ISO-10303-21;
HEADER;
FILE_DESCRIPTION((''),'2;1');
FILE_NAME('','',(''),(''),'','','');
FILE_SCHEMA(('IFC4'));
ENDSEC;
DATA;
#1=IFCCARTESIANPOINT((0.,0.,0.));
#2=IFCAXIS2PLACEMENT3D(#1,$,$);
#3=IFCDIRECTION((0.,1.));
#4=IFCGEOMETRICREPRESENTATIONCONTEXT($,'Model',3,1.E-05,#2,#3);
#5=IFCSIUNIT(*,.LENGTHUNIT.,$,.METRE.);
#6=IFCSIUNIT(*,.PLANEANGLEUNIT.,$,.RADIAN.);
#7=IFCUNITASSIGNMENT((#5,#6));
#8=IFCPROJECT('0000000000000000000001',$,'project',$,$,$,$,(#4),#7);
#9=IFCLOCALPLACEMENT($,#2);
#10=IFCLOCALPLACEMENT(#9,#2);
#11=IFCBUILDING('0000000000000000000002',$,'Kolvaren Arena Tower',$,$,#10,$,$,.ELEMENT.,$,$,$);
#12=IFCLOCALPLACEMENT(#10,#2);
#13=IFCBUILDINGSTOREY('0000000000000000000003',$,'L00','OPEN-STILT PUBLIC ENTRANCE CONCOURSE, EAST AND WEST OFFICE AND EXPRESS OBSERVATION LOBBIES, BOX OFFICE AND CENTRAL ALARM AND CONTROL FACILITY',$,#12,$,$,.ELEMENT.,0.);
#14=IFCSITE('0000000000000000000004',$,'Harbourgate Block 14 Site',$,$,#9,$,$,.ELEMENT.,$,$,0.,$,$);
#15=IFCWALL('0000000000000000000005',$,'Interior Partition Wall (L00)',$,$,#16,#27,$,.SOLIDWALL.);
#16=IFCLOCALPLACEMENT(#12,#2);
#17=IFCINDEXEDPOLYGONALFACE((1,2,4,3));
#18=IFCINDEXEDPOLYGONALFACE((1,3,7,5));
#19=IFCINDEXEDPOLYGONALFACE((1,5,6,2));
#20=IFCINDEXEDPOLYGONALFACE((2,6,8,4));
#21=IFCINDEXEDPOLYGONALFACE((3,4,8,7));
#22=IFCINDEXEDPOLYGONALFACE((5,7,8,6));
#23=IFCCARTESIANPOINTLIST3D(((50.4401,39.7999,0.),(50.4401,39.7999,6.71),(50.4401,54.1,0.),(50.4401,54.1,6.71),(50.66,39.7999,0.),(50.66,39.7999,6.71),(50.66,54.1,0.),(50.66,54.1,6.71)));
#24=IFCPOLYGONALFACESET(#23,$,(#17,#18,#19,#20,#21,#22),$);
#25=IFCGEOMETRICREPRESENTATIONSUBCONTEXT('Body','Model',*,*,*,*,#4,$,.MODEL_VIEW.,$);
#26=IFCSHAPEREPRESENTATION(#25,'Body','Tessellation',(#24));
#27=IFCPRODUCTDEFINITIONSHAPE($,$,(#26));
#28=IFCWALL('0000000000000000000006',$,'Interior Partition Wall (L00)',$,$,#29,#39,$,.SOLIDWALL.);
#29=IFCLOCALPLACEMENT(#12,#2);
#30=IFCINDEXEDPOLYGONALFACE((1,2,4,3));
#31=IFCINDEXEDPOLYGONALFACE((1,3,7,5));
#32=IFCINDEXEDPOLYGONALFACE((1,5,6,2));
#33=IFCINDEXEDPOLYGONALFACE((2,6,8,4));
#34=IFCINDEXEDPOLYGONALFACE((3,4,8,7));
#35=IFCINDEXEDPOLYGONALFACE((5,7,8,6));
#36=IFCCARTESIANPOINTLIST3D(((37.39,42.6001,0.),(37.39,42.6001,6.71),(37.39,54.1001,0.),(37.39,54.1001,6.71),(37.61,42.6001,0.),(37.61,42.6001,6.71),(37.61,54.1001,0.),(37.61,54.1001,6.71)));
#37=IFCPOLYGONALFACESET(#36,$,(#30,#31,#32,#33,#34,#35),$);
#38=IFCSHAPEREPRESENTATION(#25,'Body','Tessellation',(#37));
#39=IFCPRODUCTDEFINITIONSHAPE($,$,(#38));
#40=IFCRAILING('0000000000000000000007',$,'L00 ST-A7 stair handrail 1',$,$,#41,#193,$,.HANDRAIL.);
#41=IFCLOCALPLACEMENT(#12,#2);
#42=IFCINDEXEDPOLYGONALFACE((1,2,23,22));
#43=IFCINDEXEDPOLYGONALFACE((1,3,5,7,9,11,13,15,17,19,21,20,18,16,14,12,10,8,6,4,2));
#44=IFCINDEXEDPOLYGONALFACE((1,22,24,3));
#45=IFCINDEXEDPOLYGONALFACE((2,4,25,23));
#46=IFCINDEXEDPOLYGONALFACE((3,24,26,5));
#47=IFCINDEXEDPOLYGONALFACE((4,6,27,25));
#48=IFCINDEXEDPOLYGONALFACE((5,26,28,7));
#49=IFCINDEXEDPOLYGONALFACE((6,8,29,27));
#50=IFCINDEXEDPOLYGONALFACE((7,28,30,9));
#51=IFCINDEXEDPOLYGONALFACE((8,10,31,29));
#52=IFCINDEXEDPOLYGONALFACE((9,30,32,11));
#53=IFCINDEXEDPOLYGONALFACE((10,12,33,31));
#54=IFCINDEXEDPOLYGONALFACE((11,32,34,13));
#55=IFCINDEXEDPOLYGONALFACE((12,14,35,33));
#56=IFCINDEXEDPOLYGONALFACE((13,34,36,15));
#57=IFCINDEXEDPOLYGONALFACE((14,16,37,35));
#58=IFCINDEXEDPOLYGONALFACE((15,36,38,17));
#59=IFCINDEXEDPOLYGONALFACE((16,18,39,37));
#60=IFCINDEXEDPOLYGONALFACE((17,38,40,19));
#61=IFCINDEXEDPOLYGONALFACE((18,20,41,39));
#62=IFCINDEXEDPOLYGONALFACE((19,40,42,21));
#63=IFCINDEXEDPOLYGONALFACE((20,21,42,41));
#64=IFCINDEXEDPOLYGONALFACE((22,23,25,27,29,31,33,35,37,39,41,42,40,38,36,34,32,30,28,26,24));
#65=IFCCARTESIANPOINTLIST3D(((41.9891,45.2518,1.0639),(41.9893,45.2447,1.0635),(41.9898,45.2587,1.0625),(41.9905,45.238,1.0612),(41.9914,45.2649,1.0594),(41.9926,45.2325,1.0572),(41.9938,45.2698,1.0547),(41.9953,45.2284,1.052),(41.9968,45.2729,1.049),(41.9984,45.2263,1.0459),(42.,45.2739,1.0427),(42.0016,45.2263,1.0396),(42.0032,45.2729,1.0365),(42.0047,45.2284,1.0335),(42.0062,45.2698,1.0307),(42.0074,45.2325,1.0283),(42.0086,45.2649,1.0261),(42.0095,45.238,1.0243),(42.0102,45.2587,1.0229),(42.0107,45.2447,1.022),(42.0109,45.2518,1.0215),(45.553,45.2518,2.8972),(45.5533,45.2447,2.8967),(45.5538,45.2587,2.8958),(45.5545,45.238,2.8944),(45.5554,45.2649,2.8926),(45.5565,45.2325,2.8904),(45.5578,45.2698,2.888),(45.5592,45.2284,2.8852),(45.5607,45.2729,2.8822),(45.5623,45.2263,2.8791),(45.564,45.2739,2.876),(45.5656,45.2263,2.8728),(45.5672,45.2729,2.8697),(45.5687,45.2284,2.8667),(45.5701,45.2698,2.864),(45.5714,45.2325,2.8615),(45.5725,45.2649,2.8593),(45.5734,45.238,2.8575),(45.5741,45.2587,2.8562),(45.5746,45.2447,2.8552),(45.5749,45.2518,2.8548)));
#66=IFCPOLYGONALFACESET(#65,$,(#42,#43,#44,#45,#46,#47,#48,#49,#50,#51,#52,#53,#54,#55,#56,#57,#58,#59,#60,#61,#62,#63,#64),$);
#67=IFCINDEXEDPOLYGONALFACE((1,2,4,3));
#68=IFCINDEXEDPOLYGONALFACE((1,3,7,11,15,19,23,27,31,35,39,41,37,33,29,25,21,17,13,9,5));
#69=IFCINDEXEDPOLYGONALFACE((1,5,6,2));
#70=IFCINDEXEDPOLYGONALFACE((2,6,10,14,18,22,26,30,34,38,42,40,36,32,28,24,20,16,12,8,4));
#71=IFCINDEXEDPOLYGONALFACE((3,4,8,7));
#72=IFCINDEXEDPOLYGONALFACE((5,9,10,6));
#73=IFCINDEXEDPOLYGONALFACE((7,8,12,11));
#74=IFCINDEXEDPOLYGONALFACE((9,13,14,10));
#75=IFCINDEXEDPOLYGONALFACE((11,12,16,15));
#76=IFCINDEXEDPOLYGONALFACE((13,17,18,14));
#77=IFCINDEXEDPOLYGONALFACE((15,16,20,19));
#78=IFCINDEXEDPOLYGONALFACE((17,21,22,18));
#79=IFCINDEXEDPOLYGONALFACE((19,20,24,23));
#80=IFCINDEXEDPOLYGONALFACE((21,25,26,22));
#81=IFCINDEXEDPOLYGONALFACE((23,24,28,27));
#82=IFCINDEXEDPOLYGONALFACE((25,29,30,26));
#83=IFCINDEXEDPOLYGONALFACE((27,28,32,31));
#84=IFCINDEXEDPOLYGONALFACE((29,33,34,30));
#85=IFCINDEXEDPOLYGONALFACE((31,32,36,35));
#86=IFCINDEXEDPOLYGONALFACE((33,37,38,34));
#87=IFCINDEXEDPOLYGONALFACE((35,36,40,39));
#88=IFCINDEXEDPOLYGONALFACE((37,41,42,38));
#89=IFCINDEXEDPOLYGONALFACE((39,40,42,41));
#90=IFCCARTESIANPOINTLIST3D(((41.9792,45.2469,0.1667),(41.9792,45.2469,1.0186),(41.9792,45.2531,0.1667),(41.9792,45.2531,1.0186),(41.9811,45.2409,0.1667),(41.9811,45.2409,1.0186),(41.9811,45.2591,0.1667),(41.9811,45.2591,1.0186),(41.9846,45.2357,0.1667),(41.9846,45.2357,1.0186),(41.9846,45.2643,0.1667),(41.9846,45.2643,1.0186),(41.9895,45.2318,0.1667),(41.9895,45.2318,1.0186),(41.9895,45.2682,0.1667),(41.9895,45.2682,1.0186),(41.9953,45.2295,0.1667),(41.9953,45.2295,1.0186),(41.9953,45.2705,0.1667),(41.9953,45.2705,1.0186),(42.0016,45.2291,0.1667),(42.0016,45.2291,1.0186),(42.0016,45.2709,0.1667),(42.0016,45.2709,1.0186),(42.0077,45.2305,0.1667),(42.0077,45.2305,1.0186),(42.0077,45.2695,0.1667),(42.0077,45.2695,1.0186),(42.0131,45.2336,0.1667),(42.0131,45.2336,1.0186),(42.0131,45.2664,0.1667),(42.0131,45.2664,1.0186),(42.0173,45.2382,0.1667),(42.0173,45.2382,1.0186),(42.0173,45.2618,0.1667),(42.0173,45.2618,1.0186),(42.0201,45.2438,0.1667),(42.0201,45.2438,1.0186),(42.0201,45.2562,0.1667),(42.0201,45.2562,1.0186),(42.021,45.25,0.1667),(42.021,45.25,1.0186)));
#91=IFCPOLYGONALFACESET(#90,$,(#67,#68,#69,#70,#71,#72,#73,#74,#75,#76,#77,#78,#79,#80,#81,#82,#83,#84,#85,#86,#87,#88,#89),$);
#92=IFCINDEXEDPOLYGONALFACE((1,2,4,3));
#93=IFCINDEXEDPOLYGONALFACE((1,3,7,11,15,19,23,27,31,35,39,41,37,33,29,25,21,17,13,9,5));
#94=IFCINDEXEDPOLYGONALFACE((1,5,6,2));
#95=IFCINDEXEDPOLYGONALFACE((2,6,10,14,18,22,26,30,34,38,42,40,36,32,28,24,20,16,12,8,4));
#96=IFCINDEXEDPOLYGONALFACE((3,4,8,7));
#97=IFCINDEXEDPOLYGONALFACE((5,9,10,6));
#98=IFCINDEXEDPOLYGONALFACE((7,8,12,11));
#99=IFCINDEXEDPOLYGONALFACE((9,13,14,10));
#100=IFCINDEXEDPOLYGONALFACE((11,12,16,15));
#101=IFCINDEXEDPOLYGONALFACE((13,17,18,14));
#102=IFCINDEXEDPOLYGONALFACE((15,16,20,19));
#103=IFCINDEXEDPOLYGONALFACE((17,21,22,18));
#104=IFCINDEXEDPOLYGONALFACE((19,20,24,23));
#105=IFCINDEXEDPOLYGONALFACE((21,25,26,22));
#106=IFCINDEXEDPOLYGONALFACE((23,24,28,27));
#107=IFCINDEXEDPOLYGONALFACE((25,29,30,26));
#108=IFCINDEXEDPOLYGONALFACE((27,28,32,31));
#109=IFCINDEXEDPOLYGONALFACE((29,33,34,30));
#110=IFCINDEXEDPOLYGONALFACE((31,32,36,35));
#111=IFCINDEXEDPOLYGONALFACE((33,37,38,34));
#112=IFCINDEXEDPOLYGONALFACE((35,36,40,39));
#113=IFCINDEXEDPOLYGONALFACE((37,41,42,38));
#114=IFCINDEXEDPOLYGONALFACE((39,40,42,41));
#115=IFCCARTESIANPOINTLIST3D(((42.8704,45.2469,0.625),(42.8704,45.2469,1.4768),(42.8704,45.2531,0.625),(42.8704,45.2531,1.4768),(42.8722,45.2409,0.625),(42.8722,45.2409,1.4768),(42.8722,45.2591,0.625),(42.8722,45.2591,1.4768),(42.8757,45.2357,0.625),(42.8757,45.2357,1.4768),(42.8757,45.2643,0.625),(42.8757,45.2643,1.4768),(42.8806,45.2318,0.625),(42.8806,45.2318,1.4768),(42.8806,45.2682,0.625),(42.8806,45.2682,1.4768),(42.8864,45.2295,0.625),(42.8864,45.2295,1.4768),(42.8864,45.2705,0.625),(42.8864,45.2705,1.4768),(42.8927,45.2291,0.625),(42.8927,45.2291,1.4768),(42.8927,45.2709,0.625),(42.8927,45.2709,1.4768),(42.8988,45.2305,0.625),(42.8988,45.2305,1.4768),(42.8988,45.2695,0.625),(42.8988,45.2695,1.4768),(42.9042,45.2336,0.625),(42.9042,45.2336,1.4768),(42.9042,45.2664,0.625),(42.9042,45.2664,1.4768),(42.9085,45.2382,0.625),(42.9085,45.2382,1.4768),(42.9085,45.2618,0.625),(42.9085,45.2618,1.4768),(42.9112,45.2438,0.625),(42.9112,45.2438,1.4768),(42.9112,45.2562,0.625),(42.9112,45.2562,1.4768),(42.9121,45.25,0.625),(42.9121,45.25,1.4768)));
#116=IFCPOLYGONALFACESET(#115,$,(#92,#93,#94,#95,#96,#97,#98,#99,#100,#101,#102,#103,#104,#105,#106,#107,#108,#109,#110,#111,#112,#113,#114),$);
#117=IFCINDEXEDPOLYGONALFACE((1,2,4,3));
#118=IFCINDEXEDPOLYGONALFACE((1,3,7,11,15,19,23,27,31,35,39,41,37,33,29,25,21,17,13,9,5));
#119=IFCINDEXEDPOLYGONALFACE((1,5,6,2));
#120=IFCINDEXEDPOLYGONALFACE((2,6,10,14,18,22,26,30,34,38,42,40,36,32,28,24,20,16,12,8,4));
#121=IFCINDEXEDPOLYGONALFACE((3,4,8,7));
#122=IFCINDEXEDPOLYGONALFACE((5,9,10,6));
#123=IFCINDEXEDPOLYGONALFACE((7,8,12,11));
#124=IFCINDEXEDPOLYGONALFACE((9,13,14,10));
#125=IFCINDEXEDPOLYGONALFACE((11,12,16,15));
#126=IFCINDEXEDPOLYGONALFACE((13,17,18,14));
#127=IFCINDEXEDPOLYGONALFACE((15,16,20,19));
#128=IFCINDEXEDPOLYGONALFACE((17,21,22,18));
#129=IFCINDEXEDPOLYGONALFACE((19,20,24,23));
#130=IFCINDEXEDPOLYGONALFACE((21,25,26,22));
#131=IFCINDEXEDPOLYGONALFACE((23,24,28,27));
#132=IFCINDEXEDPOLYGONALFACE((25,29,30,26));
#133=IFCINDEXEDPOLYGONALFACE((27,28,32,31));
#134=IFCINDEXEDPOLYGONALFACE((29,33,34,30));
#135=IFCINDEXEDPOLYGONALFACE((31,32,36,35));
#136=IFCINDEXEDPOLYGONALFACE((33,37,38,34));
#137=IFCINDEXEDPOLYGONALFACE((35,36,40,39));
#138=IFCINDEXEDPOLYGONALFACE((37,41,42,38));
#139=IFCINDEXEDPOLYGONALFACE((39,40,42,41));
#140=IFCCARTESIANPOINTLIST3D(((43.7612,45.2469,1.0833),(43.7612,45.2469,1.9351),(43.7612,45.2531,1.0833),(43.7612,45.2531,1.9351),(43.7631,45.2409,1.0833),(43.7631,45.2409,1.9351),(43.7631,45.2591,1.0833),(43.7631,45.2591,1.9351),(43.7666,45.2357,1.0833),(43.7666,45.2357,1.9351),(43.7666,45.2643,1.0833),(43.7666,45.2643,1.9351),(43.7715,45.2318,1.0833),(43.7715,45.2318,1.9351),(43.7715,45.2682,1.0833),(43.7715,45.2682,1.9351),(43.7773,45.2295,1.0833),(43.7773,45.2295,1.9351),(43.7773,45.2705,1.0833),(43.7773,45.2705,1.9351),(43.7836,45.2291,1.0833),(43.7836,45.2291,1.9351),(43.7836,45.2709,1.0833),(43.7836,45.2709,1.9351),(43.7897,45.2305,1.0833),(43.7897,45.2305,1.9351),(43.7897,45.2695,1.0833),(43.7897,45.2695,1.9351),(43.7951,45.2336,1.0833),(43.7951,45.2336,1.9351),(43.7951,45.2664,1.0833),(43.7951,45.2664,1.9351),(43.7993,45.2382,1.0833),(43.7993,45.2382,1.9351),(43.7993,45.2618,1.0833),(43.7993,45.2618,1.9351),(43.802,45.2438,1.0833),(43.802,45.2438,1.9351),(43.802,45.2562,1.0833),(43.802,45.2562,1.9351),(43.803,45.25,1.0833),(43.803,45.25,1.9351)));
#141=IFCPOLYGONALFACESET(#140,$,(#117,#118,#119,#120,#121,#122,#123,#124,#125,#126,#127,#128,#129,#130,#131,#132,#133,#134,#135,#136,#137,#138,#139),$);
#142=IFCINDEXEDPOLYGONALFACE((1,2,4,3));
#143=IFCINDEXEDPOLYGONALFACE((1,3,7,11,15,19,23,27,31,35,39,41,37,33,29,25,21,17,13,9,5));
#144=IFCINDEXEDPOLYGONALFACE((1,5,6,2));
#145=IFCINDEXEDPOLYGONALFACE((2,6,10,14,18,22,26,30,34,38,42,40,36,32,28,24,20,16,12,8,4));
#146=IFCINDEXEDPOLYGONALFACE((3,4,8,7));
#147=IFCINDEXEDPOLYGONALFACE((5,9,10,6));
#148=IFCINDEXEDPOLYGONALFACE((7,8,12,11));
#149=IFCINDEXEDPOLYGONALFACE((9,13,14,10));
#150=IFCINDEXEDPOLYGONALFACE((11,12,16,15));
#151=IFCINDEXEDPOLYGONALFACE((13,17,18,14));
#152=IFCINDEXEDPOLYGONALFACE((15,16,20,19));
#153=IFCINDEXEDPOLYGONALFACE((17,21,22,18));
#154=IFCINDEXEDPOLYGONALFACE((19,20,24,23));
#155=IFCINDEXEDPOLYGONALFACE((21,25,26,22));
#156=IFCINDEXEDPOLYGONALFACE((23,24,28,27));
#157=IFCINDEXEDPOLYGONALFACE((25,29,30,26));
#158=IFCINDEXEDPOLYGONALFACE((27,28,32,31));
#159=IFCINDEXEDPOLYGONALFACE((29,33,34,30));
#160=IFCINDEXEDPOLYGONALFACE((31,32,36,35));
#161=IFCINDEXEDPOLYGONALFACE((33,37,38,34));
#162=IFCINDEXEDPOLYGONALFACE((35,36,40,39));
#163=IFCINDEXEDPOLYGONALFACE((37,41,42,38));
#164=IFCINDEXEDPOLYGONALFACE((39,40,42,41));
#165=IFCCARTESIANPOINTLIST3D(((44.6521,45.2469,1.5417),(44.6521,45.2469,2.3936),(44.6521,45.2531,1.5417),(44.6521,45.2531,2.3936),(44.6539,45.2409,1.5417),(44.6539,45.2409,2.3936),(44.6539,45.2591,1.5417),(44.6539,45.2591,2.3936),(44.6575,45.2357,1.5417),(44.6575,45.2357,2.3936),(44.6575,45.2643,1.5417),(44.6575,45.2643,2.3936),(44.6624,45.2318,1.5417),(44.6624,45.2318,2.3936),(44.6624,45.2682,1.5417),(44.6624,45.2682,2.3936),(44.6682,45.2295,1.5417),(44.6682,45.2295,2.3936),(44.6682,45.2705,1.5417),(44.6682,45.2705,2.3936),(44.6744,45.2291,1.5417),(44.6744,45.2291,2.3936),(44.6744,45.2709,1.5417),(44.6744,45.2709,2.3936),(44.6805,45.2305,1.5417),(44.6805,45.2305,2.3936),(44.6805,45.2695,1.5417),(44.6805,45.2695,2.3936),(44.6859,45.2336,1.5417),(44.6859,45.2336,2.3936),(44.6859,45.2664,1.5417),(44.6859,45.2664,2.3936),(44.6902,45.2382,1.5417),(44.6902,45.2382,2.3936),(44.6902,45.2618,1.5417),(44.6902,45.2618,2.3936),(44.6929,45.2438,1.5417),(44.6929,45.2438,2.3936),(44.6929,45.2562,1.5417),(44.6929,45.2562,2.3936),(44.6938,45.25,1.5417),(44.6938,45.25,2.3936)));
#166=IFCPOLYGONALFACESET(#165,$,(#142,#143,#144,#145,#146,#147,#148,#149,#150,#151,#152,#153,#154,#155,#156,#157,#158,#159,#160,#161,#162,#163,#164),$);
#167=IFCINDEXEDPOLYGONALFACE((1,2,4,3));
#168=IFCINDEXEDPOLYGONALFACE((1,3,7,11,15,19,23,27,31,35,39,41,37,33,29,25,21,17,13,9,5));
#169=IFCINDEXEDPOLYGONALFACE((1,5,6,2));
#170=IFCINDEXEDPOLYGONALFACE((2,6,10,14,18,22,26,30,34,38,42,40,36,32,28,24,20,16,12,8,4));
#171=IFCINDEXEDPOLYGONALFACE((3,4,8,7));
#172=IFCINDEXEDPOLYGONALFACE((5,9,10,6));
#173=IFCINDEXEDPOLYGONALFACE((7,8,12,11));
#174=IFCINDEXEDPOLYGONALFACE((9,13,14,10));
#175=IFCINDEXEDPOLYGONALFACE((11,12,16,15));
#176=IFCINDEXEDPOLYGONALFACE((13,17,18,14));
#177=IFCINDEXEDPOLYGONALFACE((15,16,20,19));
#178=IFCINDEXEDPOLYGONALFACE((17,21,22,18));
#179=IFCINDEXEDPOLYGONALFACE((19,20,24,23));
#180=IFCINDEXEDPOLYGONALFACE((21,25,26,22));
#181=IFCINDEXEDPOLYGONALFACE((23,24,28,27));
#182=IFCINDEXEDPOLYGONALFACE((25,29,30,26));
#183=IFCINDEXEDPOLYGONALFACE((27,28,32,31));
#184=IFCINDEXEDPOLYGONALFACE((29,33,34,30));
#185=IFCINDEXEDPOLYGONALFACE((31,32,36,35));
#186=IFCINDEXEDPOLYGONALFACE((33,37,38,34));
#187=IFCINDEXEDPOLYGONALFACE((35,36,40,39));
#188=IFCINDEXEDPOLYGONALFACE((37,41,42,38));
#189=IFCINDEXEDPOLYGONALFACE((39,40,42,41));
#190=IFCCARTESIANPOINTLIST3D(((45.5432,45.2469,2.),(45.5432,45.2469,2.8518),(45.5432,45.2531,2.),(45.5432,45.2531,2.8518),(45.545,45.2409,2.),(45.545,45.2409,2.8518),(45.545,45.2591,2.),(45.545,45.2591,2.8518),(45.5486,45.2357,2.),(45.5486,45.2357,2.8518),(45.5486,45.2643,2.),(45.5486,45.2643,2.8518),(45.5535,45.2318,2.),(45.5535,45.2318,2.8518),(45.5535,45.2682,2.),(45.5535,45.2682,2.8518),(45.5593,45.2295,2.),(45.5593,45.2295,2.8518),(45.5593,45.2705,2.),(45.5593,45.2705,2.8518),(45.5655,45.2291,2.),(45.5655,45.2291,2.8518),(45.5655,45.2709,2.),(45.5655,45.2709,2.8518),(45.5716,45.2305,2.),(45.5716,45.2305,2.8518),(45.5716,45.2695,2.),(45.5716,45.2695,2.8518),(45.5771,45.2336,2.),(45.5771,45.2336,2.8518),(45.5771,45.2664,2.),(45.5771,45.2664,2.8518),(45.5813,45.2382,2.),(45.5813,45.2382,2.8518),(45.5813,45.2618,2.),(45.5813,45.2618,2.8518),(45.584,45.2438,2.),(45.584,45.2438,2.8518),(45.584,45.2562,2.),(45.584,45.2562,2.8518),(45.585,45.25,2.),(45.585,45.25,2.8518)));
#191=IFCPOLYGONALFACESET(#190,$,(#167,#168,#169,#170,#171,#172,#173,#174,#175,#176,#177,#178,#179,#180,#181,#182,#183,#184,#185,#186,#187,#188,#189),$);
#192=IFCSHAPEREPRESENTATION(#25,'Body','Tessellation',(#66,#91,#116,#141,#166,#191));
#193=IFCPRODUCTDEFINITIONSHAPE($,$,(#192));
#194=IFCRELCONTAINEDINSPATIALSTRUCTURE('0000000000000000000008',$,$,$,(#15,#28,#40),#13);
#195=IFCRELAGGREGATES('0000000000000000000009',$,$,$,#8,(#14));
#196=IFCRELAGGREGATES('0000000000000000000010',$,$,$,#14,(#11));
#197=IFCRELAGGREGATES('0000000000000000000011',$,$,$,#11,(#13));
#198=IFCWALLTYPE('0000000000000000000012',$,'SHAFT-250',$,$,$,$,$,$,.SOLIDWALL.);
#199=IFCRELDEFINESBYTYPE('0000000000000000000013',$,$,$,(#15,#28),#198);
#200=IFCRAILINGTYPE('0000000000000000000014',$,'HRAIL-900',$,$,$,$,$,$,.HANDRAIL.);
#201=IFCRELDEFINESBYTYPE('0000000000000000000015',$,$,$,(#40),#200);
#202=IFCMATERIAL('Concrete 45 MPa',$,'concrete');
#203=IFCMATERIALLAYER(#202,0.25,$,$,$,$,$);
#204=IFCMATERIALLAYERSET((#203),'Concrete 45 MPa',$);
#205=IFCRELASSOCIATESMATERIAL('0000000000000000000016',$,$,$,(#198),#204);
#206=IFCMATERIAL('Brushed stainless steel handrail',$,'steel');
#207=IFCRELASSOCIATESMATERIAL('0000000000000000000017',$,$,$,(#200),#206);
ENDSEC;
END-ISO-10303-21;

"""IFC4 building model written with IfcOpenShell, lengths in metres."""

from ifc_helpers import new_model, si_unit, direction, frame, frame_2d, origin, origin_2d, place, context, subcontext, project, spatial, rectangle, circle, extrude, material, layer, layer_set, type_object, element, save


model = new_model("IFC4")

# Units and contexts
model_context = context("Model", 3, precision=1e-05, world=origin(), true_north=direction((0.0, 1.0)))
body_context = subcontext(model_context, "Body", "Model", "MODEL_VIEW")
ifc_project = project(units=[si_unit("LENGTHUNIT", "METRE"), si_unit("PLANEANGLEUNIT", "RADIAN")], contexts=[model_context])

# Site, building, storey
site_placement = place(None, origin())
site = spatial("IfcSite", under=ifc_project, at=site_placement, Name="Harbourgate Block 14 Site", CompositionType="ELEMENT", RefElevation=0.0)
building_placement = place(site_placement, origin())
building = spatial("IfcBuilding", under=site, at=building_placement, Name="Kolvaren Arena Tower", CompositionType="ELEMENT")
storey_placement = place(building_placement, origin())
storey = spatial("IfcBuildingStorey", under=building, at=storey_placement, Name="L00", Description="OPEN-STILT PUBLIC ENTRANCE CONCOURSE, EAST AND WEST OFFICE AND EXPRESS OBSERVATION LOBBIES, BOX OFFICE AND CENTRAL ALARM AND CONTROL FACILITY", CompositionType="ELEMENT", Elevation=0.0)

# Shared definitions
ifc_material_1 = material(Name="Concrete 45 MPa", Category="concrete")
ifc_layer = layer(ifc_material_1, 0.25)
ifc_layer_set = layer_set([ifc_layer], Name="Concrete 45 MPa")
wall_type = type_object("IfcWallType", Name="SHAFT-250", PredefinedType="SOLIDWALL", material=ifc_layer_set)

# Walls
wall_1_placement = place(storey_placement, frame((50.55, 39.8, 0.0), z_axis=(0.0, 0.0, 1.0), x_axis=(0.0, 1.0, 0.0)))
element("IfcWall", 1, at=wall_1_placement, inside=storey, type_object=wall_type, Name="Interior Partition Wall (L00)", PredefinedType="SOLIDWALL", context=body_context, shape_type="SweptSolid", body=[
    extrude(rectangle(XDim=14.3, YDim=0.22, at=frame_2d((7.1499, 0.0))), origin(), (0.0, 0.0, 1.0), 6.71),
])
wall_2_placement = place(storey_placement, frame((37.5, 42.6001, 0.0), z_axis=(0.0, 0.0, 1.0), x_axis=(0.0, 1.0, 0.0)))
element("IfcWall", 2, at=wall_2_placement, inside=storey, type_object=wall_type, Name="Interior Partition Wall (L00)", PredefinedType="SOLIDWALL", context=body_context, shape_type="SweptSolid", body=[
    extrude(rectangle(XDim=11.5, YDim=0.22, at=frame_2d((5.75, 0.0))), origin(), (0.0, 0.0, 1.0), 6.71),
])

# Railing
ifc_material_2 = material(Name="Brushed stainless steel handrail", Category="steel")
railing_type = type_object("IfcRailingType", Name="HRAIL-900", PredefinedType="HANDRAIL", material=ifc_material_2)
railing_placement = place(storey_placement, frame((42.0, 45.25, 0.1667)))
element("IfcRailing", 3, at=railing_placement, inside=storey, type_object=railing_type, Name="L00 ST-A7 stair handrail 1", PredefinedType="HANDRAIL", context=body_context, shape_type="SweptSolid", body=[
    extrude(circle(Radius=0.0239, at=origin_2d()), frame((0.0, 0.0, 0.876), z_axis=(0.889252, 0.0, 0.457418), x_axis=(0.0, 1.0, 0.0)), (0.0, 0.0, 1.0), 4.0078),
    extrude(circle(Radius=0.021, at=origin_2d()), origin(), (0.0, 0.0, 1.0), 0.8518),
    extrude(circle(Radius=0.021, at=origin_2d()), frame((0.8911, 0.0, 0.4583)), (0.0, 0.0, 1.0), 0.8518),
    extrude(circle(Radius=0.021, at=origin_2d()), frame((1.782, 0.0, 0.9165)), (0.0, 0.0, 1.0), 0.8518),
    extrude(circle(Radius=0.021, at=origin_2d()), frame((2.6729, 0.0, 1.375)), (0.0, 0.0, 1.0), 0.8518),
    extrude(circle(Radius=0.021, at=origin_2d()), frame((3.564, 0.0, 1.8333)), (0.0, 0.0, 1.0), 0.8518),
])

save(model, "model.ifc")
